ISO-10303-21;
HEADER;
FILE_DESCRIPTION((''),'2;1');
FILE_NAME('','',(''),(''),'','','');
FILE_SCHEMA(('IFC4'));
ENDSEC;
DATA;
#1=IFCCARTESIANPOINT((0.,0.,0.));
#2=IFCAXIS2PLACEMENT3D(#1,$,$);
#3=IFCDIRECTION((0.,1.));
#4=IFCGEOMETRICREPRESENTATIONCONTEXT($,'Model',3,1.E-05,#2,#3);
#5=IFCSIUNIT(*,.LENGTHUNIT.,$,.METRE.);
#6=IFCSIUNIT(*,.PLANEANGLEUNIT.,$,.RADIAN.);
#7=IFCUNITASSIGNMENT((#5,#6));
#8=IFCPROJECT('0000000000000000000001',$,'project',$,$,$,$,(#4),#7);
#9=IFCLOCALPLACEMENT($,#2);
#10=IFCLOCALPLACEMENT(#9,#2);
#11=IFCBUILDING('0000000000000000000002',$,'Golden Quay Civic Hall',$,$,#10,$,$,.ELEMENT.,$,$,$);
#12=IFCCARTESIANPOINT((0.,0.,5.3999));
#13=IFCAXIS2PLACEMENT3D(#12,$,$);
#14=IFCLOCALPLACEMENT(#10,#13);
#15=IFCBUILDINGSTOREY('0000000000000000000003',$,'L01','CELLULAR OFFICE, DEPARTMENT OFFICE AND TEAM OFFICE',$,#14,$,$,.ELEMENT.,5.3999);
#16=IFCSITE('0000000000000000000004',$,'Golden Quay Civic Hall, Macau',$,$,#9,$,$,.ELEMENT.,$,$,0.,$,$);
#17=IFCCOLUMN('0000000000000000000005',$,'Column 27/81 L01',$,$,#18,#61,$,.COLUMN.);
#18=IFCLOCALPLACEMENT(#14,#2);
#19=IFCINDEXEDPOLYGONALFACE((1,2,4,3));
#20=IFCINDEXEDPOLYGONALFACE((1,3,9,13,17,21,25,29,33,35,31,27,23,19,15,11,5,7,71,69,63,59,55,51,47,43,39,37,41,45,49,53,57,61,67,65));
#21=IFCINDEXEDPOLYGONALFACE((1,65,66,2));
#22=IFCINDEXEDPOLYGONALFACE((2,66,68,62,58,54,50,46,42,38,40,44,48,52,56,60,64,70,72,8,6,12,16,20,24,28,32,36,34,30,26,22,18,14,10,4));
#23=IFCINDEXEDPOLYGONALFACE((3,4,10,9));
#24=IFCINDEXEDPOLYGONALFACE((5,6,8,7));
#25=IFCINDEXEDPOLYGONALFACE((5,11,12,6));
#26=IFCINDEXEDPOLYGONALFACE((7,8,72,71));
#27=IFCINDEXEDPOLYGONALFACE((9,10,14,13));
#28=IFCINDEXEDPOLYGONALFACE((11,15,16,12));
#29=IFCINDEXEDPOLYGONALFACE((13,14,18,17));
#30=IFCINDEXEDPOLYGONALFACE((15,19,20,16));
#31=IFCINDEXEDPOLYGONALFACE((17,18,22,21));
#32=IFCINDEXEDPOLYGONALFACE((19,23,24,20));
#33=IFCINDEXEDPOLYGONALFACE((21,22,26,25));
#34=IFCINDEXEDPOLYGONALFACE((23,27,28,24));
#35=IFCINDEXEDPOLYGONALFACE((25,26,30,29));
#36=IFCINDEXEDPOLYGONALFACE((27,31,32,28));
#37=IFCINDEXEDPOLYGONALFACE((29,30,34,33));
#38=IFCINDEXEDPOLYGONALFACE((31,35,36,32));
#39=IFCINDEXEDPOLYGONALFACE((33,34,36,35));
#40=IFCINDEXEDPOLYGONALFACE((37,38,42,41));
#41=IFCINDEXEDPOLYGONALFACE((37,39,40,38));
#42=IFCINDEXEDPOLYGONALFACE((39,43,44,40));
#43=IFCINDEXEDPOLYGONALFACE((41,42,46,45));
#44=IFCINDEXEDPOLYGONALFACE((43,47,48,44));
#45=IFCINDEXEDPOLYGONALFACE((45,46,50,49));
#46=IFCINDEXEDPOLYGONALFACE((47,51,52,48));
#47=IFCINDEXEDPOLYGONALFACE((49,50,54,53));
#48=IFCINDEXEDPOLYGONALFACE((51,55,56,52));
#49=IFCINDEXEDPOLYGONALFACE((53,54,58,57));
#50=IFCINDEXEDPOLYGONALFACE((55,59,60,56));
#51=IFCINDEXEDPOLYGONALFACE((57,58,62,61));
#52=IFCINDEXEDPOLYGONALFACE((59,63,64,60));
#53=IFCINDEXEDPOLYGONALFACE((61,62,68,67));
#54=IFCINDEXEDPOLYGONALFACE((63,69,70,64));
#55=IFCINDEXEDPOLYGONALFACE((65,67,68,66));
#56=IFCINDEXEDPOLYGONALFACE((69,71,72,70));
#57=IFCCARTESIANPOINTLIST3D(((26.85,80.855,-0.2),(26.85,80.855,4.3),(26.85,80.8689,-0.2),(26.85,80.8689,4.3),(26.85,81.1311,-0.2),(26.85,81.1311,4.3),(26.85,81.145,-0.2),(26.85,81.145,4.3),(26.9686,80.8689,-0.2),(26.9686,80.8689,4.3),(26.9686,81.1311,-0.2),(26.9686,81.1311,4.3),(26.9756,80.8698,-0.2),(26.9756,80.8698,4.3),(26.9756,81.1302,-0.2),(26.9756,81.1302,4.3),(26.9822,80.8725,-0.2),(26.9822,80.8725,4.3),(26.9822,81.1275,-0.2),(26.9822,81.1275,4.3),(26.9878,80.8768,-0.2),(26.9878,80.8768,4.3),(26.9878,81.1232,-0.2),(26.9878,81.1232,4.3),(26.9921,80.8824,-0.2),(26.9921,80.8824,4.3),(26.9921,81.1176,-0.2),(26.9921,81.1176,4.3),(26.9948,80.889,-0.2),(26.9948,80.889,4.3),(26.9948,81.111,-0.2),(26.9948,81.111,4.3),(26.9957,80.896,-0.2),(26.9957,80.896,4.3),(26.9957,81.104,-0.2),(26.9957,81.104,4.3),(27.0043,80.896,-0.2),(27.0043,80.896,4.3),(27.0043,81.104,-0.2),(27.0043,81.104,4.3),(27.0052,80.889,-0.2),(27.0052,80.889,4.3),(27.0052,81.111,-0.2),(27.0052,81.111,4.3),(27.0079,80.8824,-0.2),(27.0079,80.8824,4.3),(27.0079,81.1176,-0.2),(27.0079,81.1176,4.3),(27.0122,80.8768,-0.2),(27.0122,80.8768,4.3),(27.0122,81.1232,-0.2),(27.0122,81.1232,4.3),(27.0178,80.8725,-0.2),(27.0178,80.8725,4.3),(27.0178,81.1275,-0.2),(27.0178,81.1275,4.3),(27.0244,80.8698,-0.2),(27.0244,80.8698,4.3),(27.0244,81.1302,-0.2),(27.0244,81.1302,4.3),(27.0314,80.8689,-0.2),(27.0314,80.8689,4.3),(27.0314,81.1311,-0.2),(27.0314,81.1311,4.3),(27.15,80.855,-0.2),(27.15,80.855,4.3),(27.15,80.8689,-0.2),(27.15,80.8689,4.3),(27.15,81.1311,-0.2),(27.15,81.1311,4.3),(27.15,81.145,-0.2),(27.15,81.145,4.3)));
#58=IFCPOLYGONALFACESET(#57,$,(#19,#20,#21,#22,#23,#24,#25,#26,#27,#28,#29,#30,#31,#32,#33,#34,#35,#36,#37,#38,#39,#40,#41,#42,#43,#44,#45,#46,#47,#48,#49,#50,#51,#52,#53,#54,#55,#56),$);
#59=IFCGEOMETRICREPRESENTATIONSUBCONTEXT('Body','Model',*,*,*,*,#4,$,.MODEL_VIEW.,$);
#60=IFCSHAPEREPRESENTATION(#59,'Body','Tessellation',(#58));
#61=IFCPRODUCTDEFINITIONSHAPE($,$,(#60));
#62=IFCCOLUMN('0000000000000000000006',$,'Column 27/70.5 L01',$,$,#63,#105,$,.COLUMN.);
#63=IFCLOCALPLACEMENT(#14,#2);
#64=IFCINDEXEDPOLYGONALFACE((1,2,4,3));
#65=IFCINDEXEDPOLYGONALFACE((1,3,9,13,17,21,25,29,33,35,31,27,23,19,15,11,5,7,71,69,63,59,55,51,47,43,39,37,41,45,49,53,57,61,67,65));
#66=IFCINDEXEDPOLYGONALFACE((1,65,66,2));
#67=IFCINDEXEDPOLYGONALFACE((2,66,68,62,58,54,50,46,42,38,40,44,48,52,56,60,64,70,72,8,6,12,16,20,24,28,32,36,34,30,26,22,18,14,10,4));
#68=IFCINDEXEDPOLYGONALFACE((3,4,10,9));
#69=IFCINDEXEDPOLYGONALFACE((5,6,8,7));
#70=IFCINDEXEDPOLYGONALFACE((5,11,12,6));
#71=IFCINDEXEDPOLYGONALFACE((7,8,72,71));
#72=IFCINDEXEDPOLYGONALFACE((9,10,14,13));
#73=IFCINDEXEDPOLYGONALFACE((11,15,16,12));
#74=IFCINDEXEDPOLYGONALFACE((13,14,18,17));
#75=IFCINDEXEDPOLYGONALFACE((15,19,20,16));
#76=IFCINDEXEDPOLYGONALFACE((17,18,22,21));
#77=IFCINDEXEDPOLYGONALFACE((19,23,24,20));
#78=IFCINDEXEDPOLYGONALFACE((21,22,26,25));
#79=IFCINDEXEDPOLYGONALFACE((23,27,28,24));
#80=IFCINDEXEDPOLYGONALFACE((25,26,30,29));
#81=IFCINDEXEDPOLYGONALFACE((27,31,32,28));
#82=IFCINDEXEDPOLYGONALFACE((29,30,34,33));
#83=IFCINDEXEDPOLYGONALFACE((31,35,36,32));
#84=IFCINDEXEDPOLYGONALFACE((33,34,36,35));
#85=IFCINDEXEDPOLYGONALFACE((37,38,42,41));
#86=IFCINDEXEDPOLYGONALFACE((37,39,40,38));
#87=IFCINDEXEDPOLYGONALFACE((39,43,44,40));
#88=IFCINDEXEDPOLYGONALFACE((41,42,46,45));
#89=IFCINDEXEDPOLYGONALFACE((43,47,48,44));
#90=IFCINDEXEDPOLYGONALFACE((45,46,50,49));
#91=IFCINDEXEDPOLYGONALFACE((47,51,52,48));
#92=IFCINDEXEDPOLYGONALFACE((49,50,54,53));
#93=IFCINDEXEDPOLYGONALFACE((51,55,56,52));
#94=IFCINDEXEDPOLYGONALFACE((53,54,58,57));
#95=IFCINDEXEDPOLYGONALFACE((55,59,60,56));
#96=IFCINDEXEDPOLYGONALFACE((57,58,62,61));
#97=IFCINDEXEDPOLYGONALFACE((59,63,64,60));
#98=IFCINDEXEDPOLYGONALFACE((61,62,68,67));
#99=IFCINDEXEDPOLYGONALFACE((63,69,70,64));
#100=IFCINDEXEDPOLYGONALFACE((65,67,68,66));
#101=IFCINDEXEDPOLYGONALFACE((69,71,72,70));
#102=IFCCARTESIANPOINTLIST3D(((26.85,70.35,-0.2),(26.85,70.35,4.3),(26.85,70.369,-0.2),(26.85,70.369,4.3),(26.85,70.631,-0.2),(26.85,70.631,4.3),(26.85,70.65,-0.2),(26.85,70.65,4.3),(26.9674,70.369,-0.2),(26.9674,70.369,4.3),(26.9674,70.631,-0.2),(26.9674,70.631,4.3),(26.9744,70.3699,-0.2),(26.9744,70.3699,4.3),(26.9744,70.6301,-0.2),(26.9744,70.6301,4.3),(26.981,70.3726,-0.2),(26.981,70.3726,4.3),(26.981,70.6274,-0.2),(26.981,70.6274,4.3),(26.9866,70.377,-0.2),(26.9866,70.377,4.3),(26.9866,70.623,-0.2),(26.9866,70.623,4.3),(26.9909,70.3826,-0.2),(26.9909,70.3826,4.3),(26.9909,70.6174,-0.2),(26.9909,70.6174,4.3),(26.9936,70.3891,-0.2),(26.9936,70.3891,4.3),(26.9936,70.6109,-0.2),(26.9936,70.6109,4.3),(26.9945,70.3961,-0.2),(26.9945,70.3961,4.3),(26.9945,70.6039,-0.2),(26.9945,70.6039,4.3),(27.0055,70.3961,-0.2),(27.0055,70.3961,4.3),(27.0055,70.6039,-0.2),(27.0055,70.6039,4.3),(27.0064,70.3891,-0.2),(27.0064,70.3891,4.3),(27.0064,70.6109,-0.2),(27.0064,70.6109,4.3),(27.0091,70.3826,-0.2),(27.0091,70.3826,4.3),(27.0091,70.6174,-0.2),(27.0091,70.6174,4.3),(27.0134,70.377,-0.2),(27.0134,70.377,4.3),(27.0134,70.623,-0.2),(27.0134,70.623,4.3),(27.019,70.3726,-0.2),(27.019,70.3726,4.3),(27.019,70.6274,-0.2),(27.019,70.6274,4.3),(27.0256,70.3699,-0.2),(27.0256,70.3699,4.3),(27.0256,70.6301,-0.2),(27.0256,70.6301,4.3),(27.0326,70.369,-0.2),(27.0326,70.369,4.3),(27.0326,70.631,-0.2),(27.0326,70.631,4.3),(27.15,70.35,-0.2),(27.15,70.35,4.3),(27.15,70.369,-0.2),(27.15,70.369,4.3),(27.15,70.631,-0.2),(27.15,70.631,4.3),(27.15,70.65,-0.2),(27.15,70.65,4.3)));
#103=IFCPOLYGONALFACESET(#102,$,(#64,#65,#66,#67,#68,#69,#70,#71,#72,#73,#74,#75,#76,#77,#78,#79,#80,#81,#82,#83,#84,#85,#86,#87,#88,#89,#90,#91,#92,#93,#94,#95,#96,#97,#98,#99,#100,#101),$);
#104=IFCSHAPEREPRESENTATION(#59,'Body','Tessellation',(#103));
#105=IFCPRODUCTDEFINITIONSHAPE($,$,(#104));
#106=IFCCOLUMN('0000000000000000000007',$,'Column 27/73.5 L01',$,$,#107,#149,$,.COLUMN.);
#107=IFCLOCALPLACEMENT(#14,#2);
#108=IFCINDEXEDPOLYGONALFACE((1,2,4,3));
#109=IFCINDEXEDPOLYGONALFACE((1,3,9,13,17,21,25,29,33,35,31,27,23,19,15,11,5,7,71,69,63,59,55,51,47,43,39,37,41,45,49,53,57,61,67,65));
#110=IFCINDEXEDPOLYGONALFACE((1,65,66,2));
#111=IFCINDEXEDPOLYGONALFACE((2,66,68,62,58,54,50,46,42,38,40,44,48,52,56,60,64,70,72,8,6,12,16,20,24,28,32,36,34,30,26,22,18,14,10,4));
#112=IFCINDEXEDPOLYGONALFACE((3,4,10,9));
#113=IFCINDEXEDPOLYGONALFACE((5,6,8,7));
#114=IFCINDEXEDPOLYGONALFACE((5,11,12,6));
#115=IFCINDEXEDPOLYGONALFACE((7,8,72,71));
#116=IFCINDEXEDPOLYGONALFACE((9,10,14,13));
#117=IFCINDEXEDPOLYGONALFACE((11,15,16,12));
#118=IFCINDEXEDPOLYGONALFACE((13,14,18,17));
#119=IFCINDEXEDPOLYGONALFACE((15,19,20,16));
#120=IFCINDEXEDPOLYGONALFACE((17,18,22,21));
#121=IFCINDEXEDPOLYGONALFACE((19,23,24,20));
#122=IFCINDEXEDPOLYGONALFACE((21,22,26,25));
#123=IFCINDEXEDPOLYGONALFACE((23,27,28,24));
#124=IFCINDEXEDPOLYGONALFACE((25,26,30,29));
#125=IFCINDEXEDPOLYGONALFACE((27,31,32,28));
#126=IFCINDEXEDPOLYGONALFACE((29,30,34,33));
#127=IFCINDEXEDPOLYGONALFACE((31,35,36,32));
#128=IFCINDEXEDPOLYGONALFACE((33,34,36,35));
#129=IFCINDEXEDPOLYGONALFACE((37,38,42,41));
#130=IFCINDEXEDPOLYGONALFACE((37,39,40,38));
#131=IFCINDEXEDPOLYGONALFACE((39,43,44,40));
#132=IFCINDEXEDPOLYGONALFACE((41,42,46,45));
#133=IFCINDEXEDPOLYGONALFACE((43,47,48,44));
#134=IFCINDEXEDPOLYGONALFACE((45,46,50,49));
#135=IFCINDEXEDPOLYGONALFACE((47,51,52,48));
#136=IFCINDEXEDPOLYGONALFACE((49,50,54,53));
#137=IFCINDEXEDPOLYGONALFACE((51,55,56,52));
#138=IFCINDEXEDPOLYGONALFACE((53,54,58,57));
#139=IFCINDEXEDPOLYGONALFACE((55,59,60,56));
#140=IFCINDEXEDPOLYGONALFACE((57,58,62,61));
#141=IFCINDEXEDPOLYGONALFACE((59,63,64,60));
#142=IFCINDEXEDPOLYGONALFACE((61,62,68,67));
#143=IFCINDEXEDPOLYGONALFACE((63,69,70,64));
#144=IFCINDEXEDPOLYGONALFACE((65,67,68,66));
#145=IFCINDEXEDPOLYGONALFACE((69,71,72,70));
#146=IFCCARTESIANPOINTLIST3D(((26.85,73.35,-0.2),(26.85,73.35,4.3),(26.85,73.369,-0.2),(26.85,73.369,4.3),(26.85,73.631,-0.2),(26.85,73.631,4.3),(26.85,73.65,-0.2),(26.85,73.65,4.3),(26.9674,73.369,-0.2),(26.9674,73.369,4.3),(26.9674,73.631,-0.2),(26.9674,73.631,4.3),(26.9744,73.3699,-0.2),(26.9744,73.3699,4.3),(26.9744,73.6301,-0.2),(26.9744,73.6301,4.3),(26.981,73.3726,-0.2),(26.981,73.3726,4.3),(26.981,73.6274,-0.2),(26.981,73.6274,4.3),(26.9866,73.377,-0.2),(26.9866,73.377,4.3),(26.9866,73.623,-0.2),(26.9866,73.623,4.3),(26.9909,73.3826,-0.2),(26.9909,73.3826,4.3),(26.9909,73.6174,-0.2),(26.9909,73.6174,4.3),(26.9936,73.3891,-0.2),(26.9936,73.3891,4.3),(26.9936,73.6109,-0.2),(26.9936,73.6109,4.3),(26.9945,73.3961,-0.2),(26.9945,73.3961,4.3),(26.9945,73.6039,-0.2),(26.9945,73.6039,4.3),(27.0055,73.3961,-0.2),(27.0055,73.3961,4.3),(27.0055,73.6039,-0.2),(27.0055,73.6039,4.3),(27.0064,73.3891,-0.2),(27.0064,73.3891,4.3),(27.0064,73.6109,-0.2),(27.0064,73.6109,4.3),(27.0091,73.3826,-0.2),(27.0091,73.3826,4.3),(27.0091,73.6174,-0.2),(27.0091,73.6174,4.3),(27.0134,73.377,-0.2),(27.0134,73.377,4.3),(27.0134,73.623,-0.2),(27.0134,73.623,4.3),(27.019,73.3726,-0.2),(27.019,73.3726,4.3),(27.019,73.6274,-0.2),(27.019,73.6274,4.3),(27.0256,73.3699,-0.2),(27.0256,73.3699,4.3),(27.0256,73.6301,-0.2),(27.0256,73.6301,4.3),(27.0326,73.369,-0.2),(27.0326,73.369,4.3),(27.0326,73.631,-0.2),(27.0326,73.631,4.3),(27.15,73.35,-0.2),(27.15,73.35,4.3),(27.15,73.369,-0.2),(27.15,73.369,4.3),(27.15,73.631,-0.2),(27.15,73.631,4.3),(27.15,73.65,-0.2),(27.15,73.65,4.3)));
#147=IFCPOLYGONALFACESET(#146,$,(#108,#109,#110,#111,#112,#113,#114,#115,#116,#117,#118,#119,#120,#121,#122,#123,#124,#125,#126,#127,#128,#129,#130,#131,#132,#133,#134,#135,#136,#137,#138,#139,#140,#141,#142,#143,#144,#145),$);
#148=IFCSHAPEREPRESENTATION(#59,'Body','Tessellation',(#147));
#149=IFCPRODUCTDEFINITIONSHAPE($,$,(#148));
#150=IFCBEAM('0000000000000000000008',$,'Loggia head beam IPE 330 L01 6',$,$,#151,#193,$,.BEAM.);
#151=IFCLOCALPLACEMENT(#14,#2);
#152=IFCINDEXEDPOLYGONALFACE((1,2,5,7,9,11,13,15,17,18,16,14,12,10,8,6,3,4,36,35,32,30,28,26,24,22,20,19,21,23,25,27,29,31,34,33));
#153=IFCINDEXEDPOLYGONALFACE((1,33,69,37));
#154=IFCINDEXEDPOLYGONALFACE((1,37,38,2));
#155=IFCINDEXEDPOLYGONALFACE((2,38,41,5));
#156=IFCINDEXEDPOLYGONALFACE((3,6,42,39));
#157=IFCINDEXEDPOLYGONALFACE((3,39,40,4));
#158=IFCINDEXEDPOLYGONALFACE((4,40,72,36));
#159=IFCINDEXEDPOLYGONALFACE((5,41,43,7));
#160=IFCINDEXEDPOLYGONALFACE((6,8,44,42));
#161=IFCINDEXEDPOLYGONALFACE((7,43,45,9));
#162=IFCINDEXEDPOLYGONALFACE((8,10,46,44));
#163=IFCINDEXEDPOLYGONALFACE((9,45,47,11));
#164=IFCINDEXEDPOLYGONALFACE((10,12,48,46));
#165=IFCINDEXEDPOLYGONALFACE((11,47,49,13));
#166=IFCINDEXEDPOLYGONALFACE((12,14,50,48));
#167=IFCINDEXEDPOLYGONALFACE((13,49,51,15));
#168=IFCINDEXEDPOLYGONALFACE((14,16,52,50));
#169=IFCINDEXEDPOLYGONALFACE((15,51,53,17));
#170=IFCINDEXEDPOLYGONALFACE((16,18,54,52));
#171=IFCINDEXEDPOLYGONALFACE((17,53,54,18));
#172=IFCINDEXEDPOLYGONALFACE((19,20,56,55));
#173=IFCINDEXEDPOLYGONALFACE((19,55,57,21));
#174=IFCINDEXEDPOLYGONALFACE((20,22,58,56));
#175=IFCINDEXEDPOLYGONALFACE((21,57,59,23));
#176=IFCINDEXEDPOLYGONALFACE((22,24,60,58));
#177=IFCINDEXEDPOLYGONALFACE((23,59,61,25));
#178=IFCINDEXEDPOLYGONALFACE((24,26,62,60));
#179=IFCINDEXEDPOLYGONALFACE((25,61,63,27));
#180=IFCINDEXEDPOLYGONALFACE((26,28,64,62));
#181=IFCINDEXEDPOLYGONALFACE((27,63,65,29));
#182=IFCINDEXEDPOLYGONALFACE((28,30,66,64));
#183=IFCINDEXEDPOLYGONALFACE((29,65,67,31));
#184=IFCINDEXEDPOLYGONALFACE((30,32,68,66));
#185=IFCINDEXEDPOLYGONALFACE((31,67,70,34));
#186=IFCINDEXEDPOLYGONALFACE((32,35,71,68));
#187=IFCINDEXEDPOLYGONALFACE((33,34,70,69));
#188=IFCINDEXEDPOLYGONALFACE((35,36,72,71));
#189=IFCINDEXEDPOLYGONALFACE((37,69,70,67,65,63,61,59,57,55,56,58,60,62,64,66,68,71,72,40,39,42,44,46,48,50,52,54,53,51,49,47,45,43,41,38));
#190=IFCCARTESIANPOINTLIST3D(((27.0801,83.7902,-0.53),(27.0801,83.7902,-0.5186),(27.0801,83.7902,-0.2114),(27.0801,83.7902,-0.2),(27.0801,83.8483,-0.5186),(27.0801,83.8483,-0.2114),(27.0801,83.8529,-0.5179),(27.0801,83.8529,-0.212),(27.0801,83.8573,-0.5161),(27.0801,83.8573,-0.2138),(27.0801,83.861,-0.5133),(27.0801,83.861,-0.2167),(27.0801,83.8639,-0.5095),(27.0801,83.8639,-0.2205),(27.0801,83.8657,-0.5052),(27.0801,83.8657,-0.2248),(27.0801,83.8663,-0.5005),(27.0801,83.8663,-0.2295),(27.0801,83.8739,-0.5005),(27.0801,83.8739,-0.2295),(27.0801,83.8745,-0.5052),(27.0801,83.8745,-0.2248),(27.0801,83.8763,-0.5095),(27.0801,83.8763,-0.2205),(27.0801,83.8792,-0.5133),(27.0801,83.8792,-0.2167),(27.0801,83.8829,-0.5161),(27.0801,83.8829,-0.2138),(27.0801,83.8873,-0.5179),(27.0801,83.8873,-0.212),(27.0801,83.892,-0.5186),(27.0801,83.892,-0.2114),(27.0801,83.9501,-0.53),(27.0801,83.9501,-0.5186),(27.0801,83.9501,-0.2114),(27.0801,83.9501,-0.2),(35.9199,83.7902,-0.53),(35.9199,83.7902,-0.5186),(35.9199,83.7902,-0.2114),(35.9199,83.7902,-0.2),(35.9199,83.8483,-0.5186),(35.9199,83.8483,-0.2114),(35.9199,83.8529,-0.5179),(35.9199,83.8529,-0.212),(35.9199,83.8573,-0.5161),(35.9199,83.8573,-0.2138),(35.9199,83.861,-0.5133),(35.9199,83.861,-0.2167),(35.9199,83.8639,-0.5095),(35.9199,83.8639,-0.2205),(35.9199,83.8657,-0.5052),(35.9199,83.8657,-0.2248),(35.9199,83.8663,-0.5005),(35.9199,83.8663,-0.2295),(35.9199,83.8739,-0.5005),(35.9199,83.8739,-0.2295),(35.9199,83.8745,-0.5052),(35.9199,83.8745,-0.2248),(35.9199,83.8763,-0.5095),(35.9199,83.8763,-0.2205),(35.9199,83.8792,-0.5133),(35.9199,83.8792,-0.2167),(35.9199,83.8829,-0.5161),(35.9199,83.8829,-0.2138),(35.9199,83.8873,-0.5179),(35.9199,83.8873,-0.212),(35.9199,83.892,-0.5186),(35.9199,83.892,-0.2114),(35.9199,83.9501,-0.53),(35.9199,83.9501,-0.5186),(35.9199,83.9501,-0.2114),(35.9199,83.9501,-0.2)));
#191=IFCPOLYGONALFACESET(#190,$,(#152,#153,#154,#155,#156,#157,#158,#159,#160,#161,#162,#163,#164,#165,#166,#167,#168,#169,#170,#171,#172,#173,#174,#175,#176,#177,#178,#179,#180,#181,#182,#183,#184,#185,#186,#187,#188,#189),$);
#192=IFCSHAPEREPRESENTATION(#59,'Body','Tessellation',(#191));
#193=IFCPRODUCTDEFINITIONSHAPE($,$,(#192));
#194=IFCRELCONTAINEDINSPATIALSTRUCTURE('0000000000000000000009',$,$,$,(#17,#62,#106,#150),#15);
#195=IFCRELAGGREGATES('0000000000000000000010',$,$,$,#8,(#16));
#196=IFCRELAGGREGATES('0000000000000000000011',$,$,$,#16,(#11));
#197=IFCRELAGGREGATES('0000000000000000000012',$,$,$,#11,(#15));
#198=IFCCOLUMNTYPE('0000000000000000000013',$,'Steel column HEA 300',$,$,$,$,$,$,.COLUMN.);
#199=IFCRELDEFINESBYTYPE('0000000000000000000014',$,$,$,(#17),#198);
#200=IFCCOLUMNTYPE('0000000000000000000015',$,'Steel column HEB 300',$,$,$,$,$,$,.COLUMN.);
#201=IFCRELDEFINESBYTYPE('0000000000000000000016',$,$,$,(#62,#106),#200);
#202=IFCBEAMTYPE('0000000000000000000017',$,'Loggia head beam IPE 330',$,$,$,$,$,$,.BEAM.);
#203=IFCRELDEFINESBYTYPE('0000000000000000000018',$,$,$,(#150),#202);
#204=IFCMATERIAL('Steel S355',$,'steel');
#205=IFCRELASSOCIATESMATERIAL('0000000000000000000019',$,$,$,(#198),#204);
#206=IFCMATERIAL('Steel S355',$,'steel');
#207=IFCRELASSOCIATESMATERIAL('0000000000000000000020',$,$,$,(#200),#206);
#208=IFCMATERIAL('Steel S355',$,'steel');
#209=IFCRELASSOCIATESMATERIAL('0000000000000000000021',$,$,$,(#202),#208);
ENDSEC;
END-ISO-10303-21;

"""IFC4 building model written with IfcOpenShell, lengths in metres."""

from ifc_helpers import new_model, si_unit, direction, frame, origin, origin_2d, place, context, subcontext, project, spatial, i_section, extrude, material, material_profile, profile_set, type_object, element, save


model = new_model("IFC4")

# Units and contexts
model_context = context("Model", 3, precision=1e-05, world=origin(), true_north=direction((0.0, 1.0)))
body_context = subcontext(model_context, "Body", "Model", "MODEL_VIEW")
ifc_project = project(units=[si_unit("LENGTHUNIT", "METRE"), si_unit("PLANEANGLEUNIT", "RADIAN")], contexts=[model_context])

# Site, building, storey
site_placement = place(None, origin())
site = spatial("IfcSite", under=ifc_project, at=site_placement, Name="Golden Quay Civic Hall, Macau", CompositionType="ELEMENT", RefElevation=0.0)
building_placement = place(site_placement, origin())
building = spatial("IfcBuilding", under=site, at=building_placement, Name="Golden Quay Civic Hall", CompositionType="ELEMENT")
storey_placement = place(building_placement, frame((0.0, 0.0, 5.3999)))
storey = spatial("IfcBuildingStorey", under=building, at=storey_placement, Name="L01", Description="CELLULAR OFFICE, DEPARTMENT OFFICE AND TEAM OFFICE", CompositionType="ELEMENT", Elevation=5.3999)

# Columns
ifc_material_1 = material(Name="Steel S355", Category="steel")
ifc_material_profile_1 = material_profile(ifc_material_1, i_section(OverallWidth=0.3, OverallDepth=0.29, WebThickness=0.0085, FlangeThickness=0.0139, FilletRadius=0.0271, at=origin_2d()), Name="HEA 300")
ifc_profile_set_1 = profile_set([ifc_material_profile_1], Name="Steel S355")
column_type_1 = type_object("IfcColumnType", Name="Steel column HEA 300", PredefinedType="COLUMN", material=ifc_profile_set_1)
column_placement = place(storey_placement, frame((27.0, 81.0, -0.2), z_axis=(0.0, 0.0, 1.0), x_axis=(1.0, 0.0, 0.0)))
element("IfcColumn", 1, at=column_placement, inside=storey, type_object=column_type_1, Name="Column 27/81 L01", PredefinedType="COLUMN", context=body_context, shape_type="SweptSolid", body=[
    extrude(i_section(OverallWidth=0.3, OverallDepth=0.29, WebThickness=0.0085, FlangeThickness=0.0139, FilletRadius=0.0271, at=origin_2d()), origin(), (0.0, 0.0, 1.0), 4.5),
])
ifc_material_2 = material(Name="Steel S355", Category="steel")
ifc_material_profile_2 = material_profile(ifc_material_2, i_section(OverallWidth=0.3, OverallDepth=0.3, WebThickness=0.011, FlangeThickness=0.019, FilletRadius=0.0271, at=origin_2d()), Name="HEB 300")
ifc_profile_set_2 = profile_set([ifc_material_profile_2], Name="Steel S355")
column_type_2 = type_object("IfcColumnType", Name="Steel column HEB 300", PredefinedType="COLUMN", material=ifc_profile_set_2)
for number, where, z_axis, x_axis, name in (
    (2, (27.0, 70.5, -0.2), (0.0, 0.0, 1.0), (1.0, 0.0, 0.0), "Column 27/70.5 L01"),
    (3, (27.0, 73.5, -0.2), (0.0, 0.0, 1.0), (1.0, 0.0, 0.0), "Column 27/73.5 L01"),
):
    element("IfcColumn", number, at=place(storey_placement, frame(where, z_axis=z_axis, x_axis=x_axis)), inside=storey, type_object=column_type_2, Name=name, PredefinedType="COLUMN", context=body_context, shape_type="SweptSolid", body=[
        extrude(i_section(OverallWidth=0.3, OverallDepth=0.3, WebThickness=0.011, FlangeThickness=0.019, FilletRadius=0.0271, at=origin_2d()), origin(), (0.0, 0.0, 1.0), 4.5),
    ])

# Beam
ifc_material_3 = material(Name="Steel S355", Category="steel")
ifc_material_profile_3 = material_profile(ifc_material_3, i_section(OverallWidth=0.1599, OverallDepth=0.3301, WebThickness=0.0076, FlangeThickness=0.0115, FilletRadius=0.0181, at=origin_2d()), Name="IPE 330")
ifc_profile_set_3 = profile_set([ifc_material_profile_3], Name="Steel S355")
beam_type_1 = type_object("IfcBeamType", Name="Loggia head beam IPE 330", PredefinedType="BEAM", material=ifc_profile_set_3)
beam_1_placement = place(storey_placement, frame((27.0801, 83.8701, -0.365), z_axis=(1.0, 0.0, 0.0), x_axis=(0.0, 1.0, 0.0)))
element("IfcBeam", 4, at=beam_1_placement, inside=storey, type_object=beam_type_1, Name="Loggia head beam IPE 330 L01 6", PredefinedType="BEAM", context=body_context, shape_type="SweptSolid", body=[
    extrude(i_section(OverallWidth=0.1599, OverallDepth=0.3301, WebThickness=0.0076, FlangeThickness=0.0115, FilletRadius=0.0181, at=origin_2d()), origin(), (0.0, 0.0, 1.0), 8.8398),
])

save(model, "model.ifc")
